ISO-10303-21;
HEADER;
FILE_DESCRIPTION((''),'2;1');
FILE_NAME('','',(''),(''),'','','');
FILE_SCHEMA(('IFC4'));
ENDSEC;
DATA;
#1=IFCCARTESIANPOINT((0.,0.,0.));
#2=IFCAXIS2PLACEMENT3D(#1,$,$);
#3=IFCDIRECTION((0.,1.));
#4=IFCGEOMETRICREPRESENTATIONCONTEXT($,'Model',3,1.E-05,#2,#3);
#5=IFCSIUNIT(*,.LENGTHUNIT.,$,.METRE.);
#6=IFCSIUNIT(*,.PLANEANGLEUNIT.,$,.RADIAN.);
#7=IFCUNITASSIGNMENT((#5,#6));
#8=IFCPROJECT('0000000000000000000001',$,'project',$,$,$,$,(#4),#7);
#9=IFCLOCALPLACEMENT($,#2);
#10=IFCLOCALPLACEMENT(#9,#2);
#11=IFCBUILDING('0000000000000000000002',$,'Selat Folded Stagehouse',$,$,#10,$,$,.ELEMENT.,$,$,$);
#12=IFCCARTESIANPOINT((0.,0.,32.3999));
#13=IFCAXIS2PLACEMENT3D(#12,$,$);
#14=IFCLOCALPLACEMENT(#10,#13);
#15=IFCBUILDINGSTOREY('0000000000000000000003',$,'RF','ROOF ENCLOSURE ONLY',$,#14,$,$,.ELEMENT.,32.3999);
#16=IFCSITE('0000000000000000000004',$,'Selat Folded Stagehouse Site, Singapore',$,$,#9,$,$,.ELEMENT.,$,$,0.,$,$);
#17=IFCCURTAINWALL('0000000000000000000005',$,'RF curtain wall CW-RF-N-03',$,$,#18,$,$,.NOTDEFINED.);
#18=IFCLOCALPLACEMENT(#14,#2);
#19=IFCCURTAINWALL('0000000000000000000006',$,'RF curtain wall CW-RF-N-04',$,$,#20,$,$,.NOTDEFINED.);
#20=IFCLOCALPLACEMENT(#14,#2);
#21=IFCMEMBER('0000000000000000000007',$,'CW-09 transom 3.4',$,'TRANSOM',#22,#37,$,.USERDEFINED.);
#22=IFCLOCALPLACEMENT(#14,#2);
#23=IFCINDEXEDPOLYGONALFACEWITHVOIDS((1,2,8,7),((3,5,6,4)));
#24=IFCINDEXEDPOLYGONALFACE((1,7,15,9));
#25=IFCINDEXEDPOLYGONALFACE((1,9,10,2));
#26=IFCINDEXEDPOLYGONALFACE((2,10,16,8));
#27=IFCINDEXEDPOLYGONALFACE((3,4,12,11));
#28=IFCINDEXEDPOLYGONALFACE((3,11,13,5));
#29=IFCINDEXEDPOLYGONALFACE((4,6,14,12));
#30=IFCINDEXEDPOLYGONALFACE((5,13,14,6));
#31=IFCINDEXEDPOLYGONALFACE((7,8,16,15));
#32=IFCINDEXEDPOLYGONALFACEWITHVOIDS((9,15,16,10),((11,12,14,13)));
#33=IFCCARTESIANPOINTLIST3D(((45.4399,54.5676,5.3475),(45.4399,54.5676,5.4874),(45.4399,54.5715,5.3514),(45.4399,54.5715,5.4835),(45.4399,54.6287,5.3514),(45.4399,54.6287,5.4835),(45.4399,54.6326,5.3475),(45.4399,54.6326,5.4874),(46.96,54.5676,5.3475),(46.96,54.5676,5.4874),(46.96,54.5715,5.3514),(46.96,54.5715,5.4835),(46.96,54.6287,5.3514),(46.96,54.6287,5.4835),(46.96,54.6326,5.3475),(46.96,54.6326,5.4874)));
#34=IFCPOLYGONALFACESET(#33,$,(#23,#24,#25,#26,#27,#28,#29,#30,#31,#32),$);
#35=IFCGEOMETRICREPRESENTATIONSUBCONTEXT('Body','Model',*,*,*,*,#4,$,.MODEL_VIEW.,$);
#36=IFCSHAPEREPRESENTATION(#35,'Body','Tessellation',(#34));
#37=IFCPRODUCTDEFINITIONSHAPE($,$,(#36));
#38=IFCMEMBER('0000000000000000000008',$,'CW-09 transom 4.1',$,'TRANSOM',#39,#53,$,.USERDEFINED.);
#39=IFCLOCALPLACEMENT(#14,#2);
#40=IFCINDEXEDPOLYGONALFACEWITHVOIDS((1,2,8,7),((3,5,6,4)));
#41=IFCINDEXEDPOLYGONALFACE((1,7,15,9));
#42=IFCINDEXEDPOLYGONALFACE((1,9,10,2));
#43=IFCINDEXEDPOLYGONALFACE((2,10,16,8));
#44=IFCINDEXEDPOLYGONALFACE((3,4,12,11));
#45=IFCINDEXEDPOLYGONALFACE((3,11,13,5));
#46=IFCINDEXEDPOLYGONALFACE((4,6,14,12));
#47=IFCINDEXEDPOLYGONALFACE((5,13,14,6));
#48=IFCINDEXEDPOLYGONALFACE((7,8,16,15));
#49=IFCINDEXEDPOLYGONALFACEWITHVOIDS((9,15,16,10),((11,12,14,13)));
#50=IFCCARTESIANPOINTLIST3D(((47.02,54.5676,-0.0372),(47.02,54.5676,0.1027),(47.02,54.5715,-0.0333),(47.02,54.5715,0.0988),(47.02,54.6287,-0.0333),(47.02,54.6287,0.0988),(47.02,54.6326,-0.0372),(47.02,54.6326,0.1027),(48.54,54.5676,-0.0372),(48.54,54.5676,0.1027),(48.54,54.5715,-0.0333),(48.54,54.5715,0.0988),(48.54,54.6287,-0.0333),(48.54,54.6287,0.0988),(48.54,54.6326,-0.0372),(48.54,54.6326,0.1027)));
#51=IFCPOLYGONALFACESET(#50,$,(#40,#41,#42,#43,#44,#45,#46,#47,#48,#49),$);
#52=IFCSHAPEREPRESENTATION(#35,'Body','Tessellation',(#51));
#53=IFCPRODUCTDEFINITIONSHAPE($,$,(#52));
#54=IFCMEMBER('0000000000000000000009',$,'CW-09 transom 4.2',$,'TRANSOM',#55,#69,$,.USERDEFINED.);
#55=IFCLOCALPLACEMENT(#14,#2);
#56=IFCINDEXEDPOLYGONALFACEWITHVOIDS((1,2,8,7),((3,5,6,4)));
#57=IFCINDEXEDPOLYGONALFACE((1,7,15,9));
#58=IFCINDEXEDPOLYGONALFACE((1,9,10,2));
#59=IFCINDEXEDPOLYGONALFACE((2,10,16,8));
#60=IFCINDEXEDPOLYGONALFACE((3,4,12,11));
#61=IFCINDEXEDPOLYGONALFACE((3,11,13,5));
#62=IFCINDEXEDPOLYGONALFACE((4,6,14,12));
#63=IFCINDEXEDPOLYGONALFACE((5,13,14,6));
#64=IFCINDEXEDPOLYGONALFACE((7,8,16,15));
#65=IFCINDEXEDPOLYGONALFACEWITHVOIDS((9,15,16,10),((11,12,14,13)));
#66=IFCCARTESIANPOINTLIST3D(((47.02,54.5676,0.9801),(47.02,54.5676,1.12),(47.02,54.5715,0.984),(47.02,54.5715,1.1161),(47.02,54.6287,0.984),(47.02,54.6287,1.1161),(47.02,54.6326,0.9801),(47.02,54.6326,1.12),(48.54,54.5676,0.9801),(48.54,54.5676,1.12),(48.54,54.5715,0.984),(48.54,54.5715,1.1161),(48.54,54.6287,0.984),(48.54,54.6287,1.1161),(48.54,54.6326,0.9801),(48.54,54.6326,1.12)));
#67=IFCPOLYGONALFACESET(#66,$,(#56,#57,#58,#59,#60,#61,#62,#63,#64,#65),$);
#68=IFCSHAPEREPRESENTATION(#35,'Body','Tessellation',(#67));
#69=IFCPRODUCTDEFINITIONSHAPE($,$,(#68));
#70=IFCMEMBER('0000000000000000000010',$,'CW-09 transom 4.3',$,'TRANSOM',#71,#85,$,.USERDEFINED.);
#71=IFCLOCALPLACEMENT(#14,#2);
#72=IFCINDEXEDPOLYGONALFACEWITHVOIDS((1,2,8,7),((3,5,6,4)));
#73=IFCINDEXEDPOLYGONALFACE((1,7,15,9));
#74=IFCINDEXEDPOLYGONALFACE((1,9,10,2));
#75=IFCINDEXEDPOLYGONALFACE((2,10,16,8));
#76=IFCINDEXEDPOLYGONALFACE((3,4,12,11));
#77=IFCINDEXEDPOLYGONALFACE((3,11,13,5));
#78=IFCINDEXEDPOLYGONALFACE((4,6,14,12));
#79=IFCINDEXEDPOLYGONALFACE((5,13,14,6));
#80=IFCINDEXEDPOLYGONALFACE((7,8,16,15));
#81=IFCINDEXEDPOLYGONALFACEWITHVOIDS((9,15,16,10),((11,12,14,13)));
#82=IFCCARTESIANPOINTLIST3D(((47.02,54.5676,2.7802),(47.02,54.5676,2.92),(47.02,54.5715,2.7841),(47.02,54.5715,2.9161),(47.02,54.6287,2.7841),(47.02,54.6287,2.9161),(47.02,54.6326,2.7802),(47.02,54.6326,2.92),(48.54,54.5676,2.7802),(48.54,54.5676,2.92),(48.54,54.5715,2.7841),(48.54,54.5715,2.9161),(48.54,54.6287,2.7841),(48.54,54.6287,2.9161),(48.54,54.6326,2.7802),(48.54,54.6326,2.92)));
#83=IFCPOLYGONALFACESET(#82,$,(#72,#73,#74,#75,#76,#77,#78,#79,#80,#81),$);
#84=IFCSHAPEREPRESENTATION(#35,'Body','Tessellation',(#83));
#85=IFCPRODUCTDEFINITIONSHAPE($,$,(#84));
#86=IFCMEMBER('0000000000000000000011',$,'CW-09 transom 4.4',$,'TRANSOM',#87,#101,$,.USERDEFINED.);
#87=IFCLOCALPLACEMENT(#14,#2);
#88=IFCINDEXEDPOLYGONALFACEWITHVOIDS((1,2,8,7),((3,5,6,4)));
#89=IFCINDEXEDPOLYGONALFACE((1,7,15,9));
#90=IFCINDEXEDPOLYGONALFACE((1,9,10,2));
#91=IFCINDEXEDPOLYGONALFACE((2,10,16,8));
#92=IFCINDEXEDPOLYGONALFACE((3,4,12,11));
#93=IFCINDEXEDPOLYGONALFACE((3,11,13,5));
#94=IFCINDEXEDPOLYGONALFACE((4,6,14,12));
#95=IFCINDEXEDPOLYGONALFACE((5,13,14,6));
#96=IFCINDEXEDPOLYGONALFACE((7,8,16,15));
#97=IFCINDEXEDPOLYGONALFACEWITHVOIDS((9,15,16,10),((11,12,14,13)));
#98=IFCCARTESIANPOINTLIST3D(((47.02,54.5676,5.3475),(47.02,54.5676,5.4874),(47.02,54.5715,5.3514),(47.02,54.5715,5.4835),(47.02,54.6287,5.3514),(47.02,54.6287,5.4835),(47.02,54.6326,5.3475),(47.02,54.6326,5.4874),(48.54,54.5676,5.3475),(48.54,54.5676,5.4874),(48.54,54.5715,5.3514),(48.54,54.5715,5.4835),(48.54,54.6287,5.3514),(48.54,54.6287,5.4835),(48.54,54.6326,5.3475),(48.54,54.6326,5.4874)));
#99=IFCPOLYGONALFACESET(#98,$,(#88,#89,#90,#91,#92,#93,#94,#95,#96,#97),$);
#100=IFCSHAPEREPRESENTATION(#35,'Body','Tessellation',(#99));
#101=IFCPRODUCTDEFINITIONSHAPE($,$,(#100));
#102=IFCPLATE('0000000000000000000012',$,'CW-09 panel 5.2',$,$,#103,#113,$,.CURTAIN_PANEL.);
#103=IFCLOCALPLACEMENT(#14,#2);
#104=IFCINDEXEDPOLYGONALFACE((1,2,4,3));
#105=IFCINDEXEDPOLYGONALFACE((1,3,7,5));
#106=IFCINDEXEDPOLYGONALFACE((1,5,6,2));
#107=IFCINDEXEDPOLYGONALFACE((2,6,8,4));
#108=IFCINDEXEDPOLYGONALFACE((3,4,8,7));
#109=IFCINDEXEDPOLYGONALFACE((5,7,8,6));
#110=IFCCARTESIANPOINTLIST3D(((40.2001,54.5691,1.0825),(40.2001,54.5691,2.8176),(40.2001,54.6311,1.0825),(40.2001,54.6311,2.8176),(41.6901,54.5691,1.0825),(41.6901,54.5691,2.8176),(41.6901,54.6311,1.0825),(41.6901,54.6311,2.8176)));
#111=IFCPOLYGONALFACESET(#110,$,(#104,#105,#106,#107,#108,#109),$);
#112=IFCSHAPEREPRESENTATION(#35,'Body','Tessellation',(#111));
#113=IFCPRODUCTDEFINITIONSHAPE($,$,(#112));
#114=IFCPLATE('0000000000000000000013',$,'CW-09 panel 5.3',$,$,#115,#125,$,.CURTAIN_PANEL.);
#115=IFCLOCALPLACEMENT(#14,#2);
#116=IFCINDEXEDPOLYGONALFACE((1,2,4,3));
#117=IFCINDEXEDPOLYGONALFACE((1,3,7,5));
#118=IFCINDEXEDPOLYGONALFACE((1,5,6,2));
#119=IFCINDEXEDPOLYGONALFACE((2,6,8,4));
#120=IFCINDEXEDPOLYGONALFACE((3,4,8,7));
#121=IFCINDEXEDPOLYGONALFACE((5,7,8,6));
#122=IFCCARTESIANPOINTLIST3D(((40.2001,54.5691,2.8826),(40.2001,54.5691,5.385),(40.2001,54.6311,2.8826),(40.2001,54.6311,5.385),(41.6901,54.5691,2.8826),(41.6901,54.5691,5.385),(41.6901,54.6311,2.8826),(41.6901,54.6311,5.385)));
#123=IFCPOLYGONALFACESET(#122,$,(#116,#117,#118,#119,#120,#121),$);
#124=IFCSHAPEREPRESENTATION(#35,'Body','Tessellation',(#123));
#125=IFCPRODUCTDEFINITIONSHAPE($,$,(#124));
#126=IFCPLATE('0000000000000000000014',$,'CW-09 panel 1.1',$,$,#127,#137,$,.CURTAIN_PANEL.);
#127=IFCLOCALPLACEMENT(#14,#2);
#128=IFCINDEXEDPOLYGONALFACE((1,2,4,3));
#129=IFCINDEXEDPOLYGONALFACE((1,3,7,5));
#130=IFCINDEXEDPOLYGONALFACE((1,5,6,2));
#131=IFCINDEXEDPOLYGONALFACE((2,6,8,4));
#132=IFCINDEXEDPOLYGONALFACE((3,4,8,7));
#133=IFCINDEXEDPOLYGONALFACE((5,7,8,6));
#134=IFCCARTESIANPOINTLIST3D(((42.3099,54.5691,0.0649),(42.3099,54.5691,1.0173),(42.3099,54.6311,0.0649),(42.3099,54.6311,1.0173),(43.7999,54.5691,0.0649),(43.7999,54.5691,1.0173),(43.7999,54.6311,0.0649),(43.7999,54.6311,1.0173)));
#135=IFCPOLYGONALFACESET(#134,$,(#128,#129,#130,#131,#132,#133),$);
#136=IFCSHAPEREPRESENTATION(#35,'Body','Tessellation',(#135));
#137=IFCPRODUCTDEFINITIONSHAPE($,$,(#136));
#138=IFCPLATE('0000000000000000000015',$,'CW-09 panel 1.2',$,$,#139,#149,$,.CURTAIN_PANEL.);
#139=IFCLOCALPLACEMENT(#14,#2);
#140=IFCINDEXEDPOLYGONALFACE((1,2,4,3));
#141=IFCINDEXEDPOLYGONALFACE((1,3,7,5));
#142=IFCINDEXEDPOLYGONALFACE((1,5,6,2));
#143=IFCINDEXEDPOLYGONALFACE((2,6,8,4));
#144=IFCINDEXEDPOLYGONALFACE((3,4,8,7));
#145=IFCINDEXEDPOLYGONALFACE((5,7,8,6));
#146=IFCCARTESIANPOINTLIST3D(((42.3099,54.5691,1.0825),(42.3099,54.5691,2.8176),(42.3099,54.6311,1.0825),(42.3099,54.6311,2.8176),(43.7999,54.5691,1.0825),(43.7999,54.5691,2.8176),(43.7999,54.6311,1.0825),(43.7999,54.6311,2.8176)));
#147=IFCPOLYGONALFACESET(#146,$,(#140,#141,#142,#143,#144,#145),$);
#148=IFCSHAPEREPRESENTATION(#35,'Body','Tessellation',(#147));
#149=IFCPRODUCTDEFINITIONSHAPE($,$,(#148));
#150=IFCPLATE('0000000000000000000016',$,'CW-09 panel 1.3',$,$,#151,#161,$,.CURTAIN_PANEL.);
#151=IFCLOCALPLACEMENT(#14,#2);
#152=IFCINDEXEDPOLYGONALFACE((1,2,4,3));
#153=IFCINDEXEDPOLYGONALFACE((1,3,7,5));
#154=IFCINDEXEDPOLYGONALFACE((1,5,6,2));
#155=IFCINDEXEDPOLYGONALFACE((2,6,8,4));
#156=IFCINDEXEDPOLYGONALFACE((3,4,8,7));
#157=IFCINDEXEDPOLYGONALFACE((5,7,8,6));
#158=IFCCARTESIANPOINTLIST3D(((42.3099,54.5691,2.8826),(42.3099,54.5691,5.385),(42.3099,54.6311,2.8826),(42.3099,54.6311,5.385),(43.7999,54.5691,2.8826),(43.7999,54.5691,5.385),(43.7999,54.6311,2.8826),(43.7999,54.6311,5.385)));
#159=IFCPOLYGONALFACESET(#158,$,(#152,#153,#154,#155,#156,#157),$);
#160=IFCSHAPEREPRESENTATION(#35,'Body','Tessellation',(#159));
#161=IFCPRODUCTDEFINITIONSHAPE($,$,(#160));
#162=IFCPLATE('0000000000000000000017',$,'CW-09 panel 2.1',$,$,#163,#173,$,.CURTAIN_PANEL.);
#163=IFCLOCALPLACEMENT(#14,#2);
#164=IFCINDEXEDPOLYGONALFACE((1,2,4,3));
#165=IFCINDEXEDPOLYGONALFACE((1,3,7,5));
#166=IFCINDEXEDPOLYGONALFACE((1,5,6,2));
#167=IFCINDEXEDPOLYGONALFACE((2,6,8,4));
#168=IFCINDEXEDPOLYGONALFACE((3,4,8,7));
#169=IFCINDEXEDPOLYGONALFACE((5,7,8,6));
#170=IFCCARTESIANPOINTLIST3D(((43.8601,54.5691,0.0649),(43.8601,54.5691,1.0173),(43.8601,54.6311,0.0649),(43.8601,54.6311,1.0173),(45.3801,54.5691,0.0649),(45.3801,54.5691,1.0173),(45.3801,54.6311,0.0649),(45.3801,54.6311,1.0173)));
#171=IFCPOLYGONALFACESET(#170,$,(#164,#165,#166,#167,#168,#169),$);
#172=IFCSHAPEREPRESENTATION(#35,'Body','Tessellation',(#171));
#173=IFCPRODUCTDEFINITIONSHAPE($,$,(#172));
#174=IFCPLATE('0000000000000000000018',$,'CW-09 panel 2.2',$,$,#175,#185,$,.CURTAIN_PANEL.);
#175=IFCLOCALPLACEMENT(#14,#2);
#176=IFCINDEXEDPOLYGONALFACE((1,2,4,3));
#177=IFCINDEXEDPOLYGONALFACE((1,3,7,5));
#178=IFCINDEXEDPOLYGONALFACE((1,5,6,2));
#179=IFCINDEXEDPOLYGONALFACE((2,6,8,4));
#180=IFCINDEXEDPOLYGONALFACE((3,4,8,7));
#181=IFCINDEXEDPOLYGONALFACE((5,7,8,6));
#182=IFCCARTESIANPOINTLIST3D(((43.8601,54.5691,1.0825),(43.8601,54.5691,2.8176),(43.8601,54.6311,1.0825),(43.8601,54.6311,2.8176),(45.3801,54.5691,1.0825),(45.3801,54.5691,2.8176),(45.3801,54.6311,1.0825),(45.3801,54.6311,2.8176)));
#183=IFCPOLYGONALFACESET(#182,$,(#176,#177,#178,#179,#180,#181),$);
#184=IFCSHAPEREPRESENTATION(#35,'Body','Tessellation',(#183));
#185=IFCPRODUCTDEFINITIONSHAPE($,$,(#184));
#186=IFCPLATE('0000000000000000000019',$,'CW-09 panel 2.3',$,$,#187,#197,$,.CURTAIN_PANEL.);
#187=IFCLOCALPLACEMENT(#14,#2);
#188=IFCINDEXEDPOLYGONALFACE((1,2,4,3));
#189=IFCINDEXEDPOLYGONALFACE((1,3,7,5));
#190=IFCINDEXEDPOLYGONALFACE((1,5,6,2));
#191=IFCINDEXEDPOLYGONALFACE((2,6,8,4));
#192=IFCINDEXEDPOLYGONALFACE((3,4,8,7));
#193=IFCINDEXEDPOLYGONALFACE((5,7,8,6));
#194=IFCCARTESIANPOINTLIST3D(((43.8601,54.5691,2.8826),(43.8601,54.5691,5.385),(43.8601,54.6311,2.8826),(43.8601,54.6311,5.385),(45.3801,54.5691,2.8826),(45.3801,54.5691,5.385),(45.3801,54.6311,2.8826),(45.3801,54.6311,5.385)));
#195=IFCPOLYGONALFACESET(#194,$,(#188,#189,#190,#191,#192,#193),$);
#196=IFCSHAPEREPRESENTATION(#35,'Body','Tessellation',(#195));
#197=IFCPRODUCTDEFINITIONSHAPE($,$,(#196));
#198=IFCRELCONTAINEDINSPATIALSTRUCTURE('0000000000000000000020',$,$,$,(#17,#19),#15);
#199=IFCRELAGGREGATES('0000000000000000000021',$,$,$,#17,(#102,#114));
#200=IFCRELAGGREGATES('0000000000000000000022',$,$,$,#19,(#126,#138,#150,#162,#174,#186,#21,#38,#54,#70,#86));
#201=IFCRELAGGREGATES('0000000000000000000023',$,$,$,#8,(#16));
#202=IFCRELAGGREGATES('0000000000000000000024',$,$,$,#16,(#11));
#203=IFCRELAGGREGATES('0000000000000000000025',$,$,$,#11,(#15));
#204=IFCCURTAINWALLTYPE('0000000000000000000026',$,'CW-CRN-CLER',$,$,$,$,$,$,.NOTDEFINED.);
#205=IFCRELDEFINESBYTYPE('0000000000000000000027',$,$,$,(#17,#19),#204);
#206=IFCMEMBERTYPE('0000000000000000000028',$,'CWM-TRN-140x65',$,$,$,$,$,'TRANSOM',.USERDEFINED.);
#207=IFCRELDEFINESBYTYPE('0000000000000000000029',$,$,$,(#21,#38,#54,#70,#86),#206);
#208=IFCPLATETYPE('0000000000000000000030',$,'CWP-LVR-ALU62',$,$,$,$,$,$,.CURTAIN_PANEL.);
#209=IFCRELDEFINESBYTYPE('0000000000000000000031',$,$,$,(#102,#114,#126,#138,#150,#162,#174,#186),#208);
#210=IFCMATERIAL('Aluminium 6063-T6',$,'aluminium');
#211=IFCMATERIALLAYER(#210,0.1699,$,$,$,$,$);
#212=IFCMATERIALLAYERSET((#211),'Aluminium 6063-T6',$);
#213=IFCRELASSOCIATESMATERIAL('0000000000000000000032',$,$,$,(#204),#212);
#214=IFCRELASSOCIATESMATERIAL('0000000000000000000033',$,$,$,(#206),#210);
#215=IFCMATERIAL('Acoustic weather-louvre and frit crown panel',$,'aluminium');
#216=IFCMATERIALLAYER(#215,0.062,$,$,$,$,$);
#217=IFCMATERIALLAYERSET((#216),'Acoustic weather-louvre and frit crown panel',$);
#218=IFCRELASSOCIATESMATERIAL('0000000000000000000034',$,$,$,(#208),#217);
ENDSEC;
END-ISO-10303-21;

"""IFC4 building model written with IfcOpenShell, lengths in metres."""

from ifc_helpers import new_model, si_unit, direction, frame, origin, origin_2d, place, context, subcontext, project, spatial, rectangle, hollow_rectangle, extrude, material, layer, layer_set, material_profile, profile_set, type_object, element, aggregate, save


model = new_model("IFC4")

# Units and contexts
model_context = context("Model", 3, precision=1e-05, world=origin(), true_north=direction((0.0, 1.0)))
body_context = subcontext(model_context, "Body", "Model", "MODEL_VIEW")
ifc_project = project(units=[si_unit("LENGTHUNIT", "METRE"), si_unit("PLANEANGLEUNIT", "RADIAN")], contexts=[model_context])

# Site, building, storey
site_placement = place(None, origin())
site = spatial("IfcSite", under=ifc_project, at=site_placement, Name="Selat Folded Stagehouse Site, Singapore", CompositionType="ELEMENT", RefElevation=0.0)
building_placement = place(site_placement, origin())
building = spatial("IfcBuilding", under=site, at=building_placement, Name="Selat Folded Stagehouse", CompositionType="ELEMENT")
storey_placement = place(building_placement, frame((0.0, 0.0, 32.3999)))
storey = spatial("IfcBuildingStorey", under=building, at=storey_placement, Name="RF", Description="ROOF ENCLOSURE ONLY", CompositionType="ELEMENT", Elevation=32.3999)

# Curtain wall
ifc_material_1 = material(Name="Aluminium 6063-T6", Category="aluminium")
ifc_layer_1 = layer(ifc_material_1, 0.1699)
ifc_layer_set_1 = layer_set([ifc_layer_1], Name="Aluminium 6063-T6")
curtain_wall_type = type_object("IfcCurtainWallType", Name="CW-CRN-CLER", PredefinedType="NOTDEFINED", material=ifc_layer_set_1)
curtain_wall_1_placement = place(storey_placement, origin())
curtain_wall_1 = element("IfcCurtainWall", 1, at=curtain_wall_1_placement, inside=storey, type_object=curtain_wall_type, Name="RF curtain wall CW-RF-N-03", PredefinedType="NOTDEFINED")

# Curtain wall, members
curtain_wall_2_placement = place(storey_placement, origin())
curtain_wall_2 = element("IfcCurtainWall", 2, at=curtain_wall_2_placement, inside=storey, type_object=curtain_wall_type, Name="RF curtain wall CW-RF-N-04", PredefinedType="NOTDEFINED")
ifc_material_profile_1 = material_profile(ifc_material_1, hollow_rectangle(XDim=0.0649, YDim=0.1399, WallThickness=0.0039, at=origin_2d()), Name="ALU 140x65x4.0")
ifc_profile_set_1 = profile_set([ifc_material_profile_1], Name="Aluminium 6063-T6")
member_type_1 = type_object("IfcMemberType", Name="CWM-TRN-140x65", ElementType="TRANSOM", PredefinedType="USERDEFINED", material=ifc_profile_set_1)
member_1_placement = place(storey_placement, frame((45.4399, 54.6001, 5.4175), z_axis=(1.0, 0.0, 0.0), x_axis=(0.0, 1.0, 0.0)))
member_1 = element("IfcMember", 3, at=member_1_placement, type_object=member_type_1, Name="CW-09 transom 3.4", ObjectType="TRANSOM", PredefinedType="USERDEFINED", context=body_context, shape_type="SweptSolid", body=[
    extrude(hollow_rectangle(XDim=0.0649, YDim=0.1399, WallThickness=0.0039, at=origin_2d()), origin(), (0.0, 0.0, 1.0), 1.52),
])
member_2_placement = place(storey_placement, frame((47.02, 54.6001, 0.0327), z_axis=(1.0, 0.0, 0.0), x_axis=(0.0, 1.0, 0.0)))
member_2 = element("IfcMember", 4, at=member_2_placement, type_object=member_type_1, Name="CW-09 transom 4.1", ObjectType="TRANSOM", PredefinedType="USERDEFINED", context=body_context, shape_type="SweptSolid", body=[
    extrude(hollow_rectangle(XDim=0.0649, YDim=0.1399, WallThickness=0.0039, at=origin_2d()), origin(), (0.0, 0.0, 1.0), 1.52),
])
member_3_placement = place(storey_placement, frame((47.02, 54.6001, 1.05), z_axis=(1.0, 0.0, 0.0), x_axis=(0.0, 1.0, 0.0)))
member_3 = element("IfcMember", 5, at=member_3_placement, type_object=member_type_1, Name="CW-09 transom 4.2", ObjectType="TRANSOM", PredefinedType="USERDEFINED", context=body_context, shape_type="SweptSolid", body=[
    extrude(hollow_rectangle(XDim=0.0649, YDim=0.1399, WallThickness=0.0039, at=origin_2d()), origin(), (0.0, 0.0, 1.0), 1.52),
])
member_4_placement = place(storey_placement, frame((47.02, 54.6001, 2.8501), z_axis=(1.0, 0.0, 0.0), x_axis=(0.0, 1.0, 0.0)))
member_4 = element("IfcMember", 6, at=member_4_placement, type_object=member_type_1, Name="CW-09 transom 4.3", ObjectType="TRANSOM", PredefinedType="USERDEFINED", context=body_context, shape_type="SweptSolid", body=[
    extrude(hollow_rectangle(XDim=0.0649, YDim=0.1399, WallThickness=0.0039, at=origin_2d()), origin(), (0.0, 0.0, 1.0), 1.52),
])
member_5_placement = place(storey_placement, frame((47.02, 54.6001, 5.4175), z_axis=(1.0, 0.0, 0.0), x_axis=(0.0, 1.0, 0.0)))
member_5 = element("IfcMember", 7, at=member_5_placement, type_object=member_type_1, Name="CW-09 transom 4.4", ObjectType="TRANSOM", PredefinedType="USERDEFINED", context=body_context, shape_type="SweptSolid", body=[
    extrude(hollow_rectangle(XDim=0.0649, YDim=0.1399, WallThickness=0.0039, at=origin_2d()), origin(), (0.0, 0.0, 1.0), 1.52),
])

# Plates
ifc_material_2 = material(Name="Acoustic weather-louvre and frit crown panel", Category="aluminium")
ifc_layer_2 = layer(ifc_material_2, 0.062)
ifc_layer_set_2 = layer_set([ifc_layer_2], Name="Acoustic weather-louvre and frit crown panel")
plate_type_1 = type_object("IfcPlateType", Name="CWP-LVR-ALU62", PredefinedType="CURTAIN_PANEL", material=ifc_layer_set_2)
plate_1_placement = place(storey_placement, frame((40.9451, 54.6001, 1.0825), z_axis=(0.0, 0.0, 1.0), x_axis=(1.0, 0.0, 0.0)))
plate_1 = element("IfcPlate", 8, at=plate_1_placement, type_object=plate_type_1, Name="CW-09 panel 5.2", PredefinedType="CURTAIN_PANEL", context=body_context, shape_type="SweptSolid", body=[
    extrude(rectangle(XDim=1.49, YDim=0.062, at=origin_2d()), origin(), (0.0, 0.0, 1.0), 1.7351),
])
plate_2_placement = place(storey_placement, frame((40.9451, 54.6001, 2.8826), z_axis=(0.0, 0.0, 1.0), x_axis=(1.0, 0.0, 0.0)))
plate_2 = element("IfcPlate", 9, at=plate_2_placement, type_object=plate_type_1, Name="CW-09 panel 5.3", PredefinedType="CURTAIN_PANEL", context=body_context, shape_type="SweptSolid", body=[
    extrude(rectangle(XDim=1.49, YDim=0.062, at=origin_2d()), origin(), (0.0, 0.0, 1.0), 2.5024),
])
aggregate(curtain_wall_1, [plate_1, plate_2])
plate_3_placement = place(storey_placement, frame((43.0549, 54.6001, 0.0649), z_axis=(0.0, 0.0, 1.0), x_axis=(1.0, 0.0, 0.0)))
plate_3 = element("IfcPlate", 10, at=plate_3_placement, type_object=plate_type_1, Name="CW-09 panel 1.1", PredefinedType="CURTAIN_PANEL", context=body_context, shape_type="SweptSolid", body=[
    extrude(rectangle(XDim=1.49, YDim=0.062, at=origin_2d()), origin(), (0.0, 0.0, 1.0), 0.9524),
])
plate_4_placement = place(storey_placement, frame((43.0549, 54.6001, 1.0825), z_axis=(0.0, 0.0, 1.0), x_axis=(1.0, 0.0, 0.0)))
plate_4 = element("IfcPlate", 11, at=plate_4_placement, type_object=plate_type_1, Name="CW-09 panel 1.2", PredefinedType="CURTAIN_PANEL", context=body_context, shape_type="SweptSolid", body=[
    extrude(rectangle(XDim=1.49, YDim=0.062, at=origin_2d()), origin(), (0.0, 0.0, 1.0), 1.7351),
])
plate_5_placement = place(storey_placement, frame((43.0549, 54.6001, 2.8826), z_axis=(0.0, 0.0, 1.0), x_axis=(1.0, 0.0, 0.0)))
plate_5 = element("IfcPlate", 12, at=plate_5_placement, type_object=plate_type_1, Name="CW-09 panel 1.3", PredefinedType="CURTAIN_PANEL", context=body_context, shape_type="SweptSolid", body=[
    extrude(rectangle(XDim=1.49, YDim=0.062, at=origin_2d()), origin(), (0.0, 0.0, 1.0), 2.5024),
])
plate_6_placement = place(storey_placement, frame((44.6201, 54.6001, 0.0649), z_axis=(0.0, 0.0, 1.0), x_axis=(1.0, 0.0, 0.0)))
plate_6 = element("IfcPlate", 13, at=plate_6_placement, type_object=plate_type_1, Name="CW-09 panel 2.1", PredefinedType="CURTAIN_PANEL", context=body_context, shape_type="SweptSolid", body=[
    extrude(rectangle(XDim=1.52, YDim=0.062, at=origin_2d()), origin(), (0.0, 0.0, 1.0), 0.9524),
])
plate_7_placement = place(storey_placement, frame((44.6201, 54.6001, 1.0825), z_axis=(0.0, 0.0, 1.0), x_axis=(1.0, 0.0, 0.0)))
plate_7 = element("IfcPlate", 14, at=plate_7_placement, type_object=plate_type_1, Name="CW-09 panel 2.2", PredefinedType="CURTAIN_PANEL", context=body_context, shape_type="SweptSolid", body=[
    extrude(rectangle(XDim=1.52, YDim=0.062, at=origin_2d()), origin(), (0.0, 0.0, 1.0), 1.7351),
])
plate_8_placement = place(storey_placement, frame((44.6201, 54.6001, 2.8826), z_axis=(0.0, 0.0, 1.0), x_axis=(1.0, 0.0, 0.0)))
plate_8 = element("IfcPlate", 15, at=plate_8_placement, type_object=plate_type_1, Name="CW-09 panel 2.3", PredefinedType="CURTAIN_PANEL", context=body_context, shape_type="SweptSolid", body=[
    extrude(rectangle(XDim=1.52, YDim=0.062, at=origin_2d()), origin(), (0.0, 0.0, 1.0), 2.5024),
])
aggregate(curtain_wall_2, [plate_3, plate_4, plate_5, plate_6, plate_7, plate_8, member_1, member_2, member_3, member_4, member_5])

save(model, "model.ifc")
